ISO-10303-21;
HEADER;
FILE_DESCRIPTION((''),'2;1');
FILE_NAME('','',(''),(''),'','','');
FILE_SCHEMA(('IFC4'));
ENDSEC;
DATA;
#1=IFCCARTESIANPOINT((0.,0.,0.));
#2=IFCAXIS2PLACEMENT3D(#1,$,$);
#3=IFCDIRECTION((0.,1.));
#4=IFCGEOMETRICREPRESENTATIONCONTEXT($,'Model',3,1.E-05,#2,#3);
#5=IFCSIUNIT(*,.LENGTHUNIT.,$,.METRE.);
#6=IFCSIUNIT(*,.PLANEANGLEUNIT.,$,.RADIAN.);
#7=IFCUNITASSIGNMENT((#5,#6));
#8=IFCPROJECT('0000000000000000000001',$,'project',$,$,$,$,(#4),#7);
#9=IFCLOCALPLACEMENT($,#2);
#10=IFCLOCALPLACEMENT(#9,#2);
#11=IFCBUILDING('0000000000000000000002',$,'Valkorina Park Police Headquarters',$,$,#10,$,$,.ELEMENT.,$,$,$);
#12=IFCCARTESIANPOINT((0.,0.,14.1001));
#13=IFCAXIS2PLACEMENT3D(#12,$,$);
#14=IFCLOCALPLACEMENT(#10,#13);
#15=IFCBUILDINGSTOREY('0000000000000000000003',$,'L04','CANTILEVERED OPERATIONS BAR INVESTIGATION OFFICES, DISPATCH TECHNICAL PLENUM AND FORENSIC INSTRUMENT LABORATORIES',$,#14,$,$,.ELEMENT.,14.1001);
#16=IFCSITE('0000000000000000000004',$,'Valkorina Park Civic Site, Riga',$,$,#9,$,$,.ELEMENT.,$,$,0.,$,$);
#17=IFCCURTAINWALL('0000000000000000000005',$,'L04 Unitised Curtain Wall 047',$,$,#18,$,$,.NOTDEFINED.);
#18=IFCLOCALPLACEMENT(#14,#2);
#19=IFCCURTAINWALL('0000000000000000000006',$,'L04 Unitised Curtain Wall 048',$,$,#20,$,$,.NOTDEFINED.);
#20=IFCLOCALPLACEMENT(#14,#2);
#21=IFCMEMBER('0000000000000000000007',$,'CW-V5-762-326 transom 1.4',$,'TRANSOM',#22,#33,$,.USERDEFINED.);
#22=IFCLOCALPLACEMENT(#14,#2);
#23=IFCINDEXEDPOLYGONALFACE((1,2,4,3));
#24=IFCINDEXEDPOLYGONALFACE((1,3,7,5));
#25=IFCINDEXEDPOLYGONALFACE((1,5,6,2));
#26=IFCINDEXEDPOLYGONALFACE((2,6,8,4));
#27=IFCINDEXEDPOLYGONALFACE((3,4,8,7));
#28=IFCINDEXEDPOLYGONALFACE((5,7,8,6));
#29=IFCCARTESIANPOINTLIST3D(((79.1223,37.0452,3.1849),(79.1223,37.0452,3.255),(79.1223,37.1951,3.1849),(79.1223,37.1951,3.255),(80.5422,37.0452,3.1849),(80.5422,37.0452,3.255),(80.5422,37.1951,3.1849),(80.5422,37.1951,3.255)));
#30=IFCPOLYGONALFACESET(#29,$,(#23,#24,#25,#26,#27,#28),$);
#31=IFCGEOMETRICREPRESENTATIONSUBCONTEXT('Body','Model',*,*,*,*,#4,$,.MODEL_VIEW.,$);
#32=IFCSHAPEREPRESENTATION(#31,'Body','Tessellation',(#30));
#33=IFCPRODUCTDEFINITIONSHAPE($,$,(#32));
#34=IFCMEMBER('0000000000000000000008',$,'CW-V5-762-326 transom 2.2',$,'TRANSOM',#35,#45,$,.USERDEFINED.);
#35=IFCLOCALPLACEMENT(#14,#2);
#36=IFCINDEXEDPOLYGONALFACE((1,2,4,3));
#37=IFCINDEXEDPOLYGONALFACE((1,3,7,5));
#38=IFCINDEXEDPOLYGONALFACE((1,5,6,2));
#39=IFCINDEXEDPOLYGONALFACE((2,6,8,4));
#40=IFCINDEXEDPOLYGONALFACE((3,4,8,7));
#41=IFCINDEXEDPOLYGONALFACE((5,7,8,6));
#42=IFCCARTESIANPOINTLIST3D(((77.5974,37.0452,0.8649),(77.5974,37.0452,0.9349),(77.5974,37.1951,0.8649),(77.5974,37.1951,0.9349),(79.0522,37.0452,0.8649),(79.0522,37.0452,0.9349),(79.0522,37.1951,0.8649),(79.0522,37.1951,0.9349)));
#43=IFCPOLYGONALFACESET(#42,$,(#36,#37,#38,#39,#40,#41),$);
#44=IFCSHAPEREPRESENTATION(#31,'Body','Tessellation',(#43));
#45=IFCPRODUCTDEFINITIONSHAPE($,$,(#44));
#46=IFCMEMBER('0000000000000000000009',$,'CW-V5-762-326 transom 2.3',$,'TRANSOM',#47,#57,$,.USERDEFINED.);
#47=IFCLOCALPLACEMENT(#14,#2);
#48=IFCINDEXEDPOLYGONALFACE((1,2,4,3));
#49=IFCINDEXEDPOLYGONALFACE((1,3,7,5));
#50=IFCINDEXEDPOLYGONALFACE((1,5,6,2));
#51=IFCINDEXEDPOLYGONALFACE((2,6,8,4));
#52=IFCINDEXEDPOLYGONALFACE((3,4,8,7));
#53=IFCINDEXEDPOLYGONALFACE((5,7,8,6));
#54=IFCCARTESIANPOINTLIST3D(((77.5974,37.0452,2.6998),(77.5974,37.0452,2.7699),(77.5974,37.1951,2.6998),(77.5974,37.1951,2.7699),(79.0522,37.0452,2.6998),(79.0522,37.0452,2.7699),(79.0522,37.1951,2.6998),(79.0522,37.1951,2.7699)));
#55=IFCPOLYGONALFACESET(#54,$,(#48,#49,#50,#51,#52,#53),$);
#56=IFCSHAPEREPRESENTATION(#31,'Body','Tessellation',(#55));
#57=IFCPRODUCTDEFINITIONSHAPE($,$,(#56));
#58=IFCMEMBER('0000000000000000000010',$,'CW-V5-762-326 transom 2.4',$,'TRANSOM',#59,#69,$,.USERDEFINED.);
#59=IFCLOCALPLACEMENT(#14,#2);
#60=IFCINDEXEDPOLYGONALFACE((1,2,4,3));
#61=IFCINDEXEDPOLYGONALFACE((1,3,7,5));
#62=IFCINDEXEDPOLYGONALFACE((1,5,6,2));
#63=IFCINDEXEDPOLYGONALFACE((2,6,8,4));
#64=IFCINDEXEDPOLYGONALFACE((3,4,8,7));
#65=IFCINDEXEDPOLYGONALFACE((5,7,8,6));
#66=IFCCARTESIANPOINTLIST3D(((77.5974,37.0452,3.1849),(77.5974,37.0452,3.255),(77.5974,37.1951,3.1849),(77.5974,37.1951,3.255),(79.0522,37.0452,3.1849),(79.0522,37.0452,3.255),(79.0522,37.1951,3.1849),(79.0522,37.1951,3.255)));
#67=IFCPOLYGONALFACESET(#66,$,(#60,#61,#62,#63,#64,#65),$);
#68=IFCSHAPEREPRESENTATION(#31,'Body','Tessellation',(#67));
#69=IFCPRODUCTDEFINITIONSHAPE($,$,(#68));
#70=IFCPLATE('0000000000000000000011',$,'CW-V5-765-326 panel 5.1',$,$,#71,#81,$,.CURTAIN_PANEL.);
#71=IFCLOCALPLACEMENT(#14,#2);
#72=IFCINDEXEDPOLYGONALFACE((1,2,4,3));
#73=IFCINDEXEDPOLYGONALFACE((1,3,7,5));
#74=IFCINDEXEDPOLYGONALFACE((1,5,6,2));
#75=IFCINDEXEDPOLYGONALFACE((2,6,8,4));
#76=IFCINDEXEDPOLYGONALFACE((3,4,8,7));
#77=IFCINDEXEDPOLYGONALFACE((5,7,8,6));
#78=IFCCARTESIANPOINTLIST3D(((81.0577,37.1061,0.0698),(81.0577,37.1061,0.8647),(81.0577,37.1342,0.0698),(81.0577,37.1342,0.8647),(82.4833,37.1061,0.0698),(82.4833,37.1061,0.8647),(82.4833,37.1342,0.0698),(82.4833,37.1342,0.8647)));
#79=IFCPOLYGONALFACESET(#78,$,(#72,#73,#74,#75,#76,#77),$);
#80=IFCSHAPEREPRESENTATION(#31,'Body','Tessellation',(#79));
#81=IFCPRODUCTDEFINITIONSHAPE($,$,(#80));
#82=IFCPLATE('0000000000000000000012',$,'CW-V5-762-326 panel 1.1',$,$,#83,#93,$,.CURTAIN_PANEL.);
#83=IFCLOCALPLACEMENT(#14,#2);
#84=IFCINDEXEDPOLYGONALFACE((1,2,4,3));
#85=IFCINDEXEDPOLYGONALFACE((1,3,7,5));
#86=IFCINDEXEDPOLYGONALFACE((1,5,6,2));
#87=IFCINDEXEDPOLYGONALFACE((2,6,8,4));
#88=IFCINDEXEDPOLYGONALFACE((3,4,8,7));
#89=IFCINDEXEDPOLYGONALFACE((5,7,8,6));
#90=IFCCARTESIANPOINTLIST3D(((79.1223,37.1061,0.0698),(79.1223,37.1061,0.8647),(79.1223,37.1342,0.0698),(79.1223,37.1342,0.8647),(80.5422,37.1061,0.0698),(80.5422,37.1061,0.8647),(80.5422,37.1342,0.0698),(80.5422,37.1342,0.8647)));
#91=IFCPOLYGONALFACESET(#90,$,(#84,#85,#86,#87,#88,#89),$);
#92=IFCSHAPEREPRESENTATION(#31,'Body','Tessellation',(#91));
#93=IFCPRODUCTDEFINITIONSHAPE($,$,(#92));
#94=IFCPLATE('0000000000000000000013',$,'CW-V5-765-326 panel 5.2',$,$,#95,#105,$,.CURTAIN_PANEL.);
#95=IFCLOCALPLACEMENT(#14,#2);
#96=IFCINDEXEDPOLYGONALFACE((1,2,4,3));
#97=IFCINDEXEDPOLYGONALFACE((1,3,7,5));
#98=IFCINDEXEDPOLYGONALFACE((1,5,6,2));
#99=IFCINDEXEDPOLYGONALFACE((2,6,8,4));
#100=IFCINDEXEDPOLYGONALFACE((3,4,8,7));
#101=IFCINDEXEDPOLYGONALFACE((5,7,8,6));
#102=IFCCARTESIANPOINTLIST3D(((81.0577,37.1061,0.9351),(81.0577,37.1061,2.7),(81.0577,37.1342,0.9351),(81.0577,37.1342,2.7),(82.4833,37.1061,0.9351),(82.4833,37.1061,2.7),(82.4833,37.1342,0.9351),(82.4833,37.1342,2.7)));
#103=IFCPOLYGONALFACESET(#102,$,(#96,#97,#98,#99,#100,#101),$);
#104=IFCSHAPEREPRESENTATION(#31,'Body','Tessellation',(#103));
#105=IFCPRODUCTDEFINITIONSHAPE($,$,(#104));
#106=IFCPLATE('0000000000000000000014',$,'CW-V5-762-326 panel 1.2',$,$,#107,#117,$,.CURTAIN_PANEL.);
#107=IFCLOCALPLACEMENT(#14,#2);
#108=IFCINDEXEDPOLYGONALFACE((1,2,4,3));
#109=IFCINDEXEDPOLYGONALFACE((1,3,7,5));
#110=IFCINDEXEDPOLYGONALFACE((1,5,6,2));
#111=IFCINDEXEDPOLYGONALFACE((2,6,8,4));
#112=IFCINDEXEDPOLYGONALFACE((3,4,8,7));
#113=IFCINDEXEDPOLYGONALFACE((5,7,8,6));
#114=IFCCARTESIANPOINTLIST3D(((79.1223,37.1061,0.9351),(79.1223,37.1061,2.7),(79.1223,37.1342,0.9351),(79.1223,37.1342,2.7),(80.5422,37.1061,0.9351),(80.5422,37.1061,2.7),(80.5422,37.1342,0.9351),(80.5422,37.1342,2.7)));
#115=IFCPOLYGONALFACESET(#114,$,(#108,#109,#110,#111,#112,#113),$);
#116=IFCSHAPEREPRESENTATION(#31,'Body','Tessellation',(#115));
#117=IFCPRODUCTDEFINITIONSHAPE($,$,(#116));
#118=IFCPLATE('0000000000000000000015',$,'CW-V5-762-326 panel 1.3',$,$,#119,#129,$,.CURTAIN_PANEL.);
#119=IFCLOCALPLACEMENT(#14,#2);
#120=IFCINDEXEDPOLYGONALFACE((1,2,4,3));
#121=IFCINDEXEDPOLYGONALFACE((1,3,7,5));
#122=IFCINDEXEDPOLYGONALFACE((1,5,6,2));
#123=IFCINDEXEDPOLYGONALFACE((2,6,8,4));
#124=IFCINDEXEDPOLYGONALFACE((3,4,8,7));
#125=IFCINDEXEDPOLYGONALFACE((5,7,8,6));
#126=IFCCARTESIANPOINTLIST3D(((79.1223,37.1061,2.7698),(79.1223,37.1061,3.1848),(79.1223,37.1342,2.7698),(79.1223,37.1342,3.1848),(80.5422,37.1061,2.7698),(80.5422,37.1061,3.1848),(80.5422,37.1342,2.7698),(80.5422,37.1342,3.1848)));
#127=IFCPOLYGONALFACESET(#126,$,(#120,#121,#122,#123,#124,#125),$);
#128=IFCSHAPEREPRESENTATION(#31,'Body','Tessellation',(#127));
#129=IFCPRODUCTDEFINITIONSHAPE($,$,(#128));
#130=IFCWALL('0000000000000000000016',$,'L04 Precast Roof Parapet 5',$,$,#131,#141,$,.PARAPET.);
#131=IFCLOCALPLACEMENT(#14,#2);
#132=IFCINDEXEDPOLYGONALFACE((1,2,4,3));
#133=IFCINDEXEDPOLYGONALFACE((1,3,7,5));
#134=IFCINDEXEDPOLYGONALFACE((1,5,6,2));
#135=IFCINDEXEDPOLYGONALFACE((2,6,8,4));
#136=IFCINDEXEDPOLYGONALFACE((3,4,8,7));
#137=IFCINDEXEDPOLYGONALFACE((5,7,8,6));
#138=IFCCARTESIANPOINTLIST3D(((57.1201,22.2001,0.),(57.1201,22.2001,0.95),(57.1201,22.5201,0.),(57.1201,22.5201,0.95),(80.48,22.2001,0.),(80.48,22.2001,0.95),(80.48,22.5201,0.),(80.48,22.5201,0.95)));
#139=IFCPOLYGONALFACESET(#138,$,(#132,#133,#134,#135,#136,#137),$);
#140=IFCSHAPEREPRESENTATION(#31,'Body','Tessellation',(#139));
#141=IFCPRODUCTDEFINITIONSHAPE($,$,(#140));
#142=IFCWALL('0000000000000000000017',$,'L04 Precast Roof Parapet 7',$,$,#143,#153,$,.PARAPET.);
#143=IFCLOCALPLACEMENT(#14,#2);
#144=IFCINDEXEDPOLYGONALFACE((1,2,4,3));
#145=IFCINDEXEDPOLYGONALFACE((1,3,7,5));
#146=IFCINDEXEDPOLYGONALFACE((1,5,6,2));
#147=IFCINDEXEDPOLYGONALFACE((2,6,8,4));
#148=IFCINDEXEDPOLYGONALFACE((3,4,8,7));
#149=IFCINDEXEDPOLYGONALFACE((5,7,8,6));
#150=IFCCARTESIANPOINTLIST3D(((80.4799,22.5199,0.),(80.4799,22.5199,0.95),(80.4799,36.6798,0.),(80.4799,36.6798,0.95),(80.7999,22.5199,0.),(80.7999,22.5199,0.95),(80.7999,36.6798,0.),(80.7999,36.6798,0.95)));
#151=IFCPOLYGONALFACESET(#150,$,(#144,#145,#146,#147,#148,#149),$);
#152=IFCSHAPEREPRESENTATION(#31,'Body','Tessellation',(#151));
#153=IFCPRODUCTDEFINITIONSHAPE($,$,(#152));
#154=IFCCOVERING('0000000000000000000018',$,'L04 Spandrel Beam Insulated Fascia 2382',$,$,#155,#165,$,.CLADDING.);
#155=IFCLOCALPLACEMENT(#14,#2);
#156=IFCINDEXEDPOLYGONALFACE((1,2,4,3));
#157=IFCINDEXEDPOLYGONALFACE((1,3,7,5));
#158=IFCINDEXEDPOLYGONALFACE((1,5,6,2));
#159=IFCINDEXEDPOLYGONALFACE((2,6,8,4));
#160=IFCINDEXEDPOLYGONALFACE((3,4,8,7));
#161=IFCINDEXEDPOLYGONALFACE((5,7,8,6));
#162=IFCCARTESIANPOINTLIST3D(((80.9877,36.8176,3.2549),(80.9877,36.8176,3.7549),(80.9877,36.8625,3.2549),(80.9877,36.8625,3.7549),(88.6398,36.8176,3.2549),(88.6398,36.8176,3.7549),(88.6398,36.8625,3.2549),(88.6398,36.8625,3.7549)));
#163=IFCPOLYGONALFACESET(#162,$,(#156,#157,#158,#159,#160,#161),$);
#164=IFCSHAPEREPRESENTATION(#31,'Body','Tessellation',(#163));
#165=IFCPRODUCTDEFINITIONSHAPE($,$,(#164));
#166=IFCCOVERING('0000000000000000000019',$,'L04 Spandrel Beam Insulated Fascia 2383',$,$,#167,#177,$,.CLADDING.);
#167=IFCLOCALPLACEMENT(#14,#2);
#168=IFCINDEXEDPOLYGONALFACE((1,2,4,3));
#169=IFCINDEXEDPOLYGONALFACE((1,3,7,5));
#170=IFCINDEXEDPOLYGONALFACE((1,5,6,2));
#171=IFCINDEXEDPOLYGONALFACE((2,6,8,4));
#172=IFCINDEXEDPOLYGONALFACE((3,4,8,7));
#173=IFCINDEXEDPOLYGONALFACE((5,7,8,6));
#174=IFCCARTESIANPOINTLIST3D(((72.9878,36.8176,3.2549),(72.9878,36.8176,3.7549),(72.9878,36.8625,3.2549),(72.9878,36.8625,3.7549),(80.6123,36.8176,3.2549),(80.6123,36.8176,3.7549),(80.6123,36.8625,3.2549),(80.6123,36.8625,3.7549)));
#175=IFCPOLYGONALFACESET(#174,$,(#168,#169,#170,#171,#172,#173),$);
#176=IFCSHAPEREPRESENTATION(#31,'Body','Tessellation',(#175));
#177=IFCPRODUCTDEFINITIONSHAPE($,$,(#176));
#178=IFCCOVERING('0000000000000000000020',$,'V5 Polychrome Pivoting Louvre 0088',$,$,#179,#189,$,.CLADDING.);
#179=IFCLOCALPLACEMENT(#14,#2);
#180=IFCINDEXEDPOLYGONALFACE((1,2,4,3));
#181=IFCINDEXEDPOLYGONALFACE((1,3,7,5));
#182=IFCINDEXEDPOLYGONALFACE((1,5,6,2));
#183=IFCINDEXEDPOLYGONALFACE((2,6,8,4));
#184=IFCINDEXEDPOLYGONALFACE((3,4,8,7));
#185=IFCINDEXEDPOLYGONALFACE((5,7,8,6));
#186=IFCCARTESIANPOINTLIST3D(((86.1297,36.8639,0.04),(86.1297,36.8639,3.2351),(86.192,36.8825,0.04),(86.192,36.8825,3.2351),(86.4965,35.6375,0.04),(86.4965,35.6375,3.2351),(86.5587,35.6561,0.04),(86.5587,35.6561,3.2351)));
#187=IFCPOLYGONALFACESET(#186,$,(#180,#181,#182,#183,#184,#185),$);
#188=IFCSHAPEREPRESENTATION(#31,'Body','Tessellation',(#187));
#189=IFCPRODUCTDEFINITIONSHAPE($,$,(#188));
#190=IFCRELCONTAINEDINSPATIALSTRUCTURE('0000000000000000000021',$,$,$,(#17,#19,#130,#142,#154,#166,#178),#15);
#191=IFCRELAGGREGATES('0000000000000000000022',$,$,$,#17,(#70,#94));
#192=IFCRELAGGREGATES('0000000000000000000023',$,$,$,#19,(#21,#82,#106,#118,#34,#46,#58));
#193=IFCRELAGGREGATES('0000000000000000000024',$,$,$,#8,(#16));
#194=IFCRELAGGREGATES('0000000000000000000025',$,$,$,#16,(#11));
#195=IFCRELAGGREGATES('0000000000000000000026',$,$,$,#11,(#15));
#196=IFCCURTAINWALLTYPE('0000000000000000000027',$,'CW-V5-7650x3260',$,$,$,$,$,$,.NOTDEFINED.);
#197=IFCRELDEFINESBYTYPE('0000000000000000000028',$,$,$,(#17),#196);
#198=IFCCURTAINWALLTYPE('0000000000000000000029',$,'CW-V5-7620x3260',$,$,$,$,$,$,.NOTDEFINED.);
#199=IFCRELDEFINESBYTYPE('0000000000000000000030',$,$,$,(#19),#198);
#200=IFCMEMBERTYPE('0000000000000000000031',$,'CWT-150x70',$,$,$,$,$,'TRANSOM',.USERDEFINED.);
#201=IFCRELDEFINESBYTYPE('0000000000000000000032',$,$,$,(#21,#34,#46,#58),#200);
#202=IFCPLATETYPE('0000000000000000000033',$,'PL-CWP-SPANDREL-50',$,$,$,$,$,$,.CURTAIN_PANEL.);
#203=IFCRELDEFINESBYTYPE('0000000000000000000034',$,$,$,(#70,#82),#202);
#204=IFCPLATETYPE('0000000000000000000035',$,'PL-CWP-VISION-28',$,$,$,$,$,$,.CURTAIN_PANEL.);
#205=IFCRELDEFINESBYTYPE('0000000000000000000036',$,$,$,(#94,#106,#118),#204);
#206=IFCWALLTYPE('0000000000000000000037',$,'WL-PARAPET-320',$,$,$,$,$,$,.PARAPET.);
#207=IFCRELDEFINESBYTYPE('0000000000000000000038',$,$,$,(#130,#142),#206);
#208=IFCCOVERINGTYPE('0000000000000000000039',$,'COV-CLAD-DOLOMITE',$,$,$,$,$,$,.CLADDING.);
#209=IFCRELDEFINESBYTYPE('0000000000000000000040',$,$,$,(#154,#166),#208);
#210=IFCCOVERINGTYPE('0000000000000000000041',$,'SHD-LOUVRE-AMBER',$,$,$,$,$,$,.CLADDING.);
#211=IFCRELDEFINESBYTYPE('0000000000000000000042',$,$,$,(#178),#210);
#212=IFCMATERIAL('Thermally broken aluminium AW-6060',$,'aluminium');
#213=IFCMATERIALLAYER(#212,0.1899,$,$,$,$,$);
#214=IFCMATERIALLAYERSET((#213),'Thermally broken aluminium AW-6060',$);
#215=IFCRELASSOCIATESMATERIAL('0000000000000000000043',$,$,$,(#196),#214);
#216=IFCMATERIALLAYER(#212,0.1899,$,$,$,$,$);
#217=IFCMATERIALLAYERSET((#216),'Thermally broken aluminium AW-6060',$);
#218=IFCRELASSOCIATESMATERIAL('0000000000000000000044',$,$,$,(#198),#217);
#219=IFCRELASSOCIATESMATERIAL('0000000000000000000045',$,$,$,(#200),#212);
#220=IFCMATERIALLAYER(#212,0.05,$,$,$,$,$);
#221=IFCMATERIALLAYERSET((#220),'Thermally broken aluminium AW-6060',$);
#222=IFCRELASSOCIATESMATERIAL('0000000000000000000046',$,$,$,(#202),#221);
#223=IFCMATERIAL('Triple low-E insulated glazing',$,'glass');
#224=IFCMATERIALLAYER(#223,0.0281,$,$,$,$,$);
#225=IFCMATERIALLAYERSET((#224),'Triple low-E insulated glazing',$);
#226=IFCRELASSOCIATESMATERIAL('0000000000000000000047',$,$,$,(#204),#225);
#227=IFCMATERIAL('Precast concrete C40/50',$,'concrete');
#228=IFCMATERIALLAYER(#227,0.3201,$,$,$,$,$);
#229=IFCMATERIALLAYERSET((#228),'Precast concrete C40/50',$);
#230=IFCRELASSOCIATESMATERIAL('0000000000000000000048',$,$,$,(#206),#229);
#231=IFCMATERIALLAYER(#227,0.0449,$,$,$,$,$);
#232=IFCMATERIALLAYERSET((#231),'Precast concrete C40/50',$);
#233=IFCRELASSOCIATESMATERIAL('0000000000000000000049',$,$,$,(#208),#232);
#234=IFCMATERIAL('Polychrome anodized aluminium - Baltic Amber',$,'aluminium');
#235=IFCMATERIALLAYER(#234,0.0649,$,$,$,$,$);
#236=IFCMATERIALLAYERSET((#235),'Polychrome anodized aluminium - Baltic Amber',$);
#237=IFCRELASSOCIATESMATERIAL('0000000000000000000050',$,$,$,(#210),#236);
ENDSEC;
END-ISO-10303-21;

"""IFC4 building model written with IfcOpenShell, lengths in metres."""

from ifc_helpers import new_model, si_unit, direction, frame, frame_2d, origin, origin_2d, place, context, subcontext, project, spatial, rectangle, extrude, material, layer, layer_set, material_profile, profile_set, type_object, element, aggregate, save


model = new_model("IFC4")

# Units and contexts
model_context = context("Model", 3, precision=1e-05, world=origin(), true_north=direction((0.0, 1.0)))
body_context = subcontext(model_context, "Body", "Model", "MODEL_VIEW")
ifc_project = project(units=[si_unit("LENGTHUNIT", "METRE"), si_unit("PLANEANGLEUNIT", "RADIAN")], contexts=[model_context])

# Site, building, storey
site_placement = place(None, origin())
site = spatial("IfcSite", under=ifc_project, at=site_placement, Name="Valkorina Park Civic Site, Riga", CompositionType="ELEMENT", RefElevation=0.0)
building_placement = place(site_placement, origin())
building = spatial("IfcBuilding", under=site, at=building_placement, Name="Valkorina Park Police Headquarters", CompositionType="ELEMENT")
storey_placement = place(building_placement, frame((0.0, 0.0, 14.1001)))
storey = spatial("IfcBuildingStorey", under=building, at=storey_placement, Name="L04", Description="CANTILEVERED OPERATIONS BAR INVESTIGATION OFFICES, DISPATCH TECHNICAL PLENUM AND FORENSIC INSTRUMENT LABORATORIES", CompositionType="ELEMENT", Elevation=14.1001)

# Curtain wall
ifc_material_1 = material(Name="Thermally broken aluminium AW-6060", Category="aluminium")
ifc_layer_1 = layer(ifc_material_1, 0.1899)
ifc_layer_set_1 = layer_set([ifc_layer_1], Name="Thermally broken aluminium AW-6060")
curtain_wall_type_1 = type_object("IfcCurtainWallType", Name="CW-V5-7650x3260", PredefinedType="NOTDEFINED", material=ifc_layer_set_1)
curtain_wall_1_placement = place(storey_placement, origin())
curtain_wall_1 = element("IfcCurtainWall", 1, at=curtain_wall_1_placement, inside=storey, type_object=curtain_wall_type_1, Name="L04 Unitised Curtain Wall 047", PredefinedType="NOTDEFINED")

# Curtain wall, members
ifc_layer_2 = layer(ifc_material_1, 0.1899)
ifc_layer_set_2 = layer_set([ifc_layer_2], Name="Thermally broken aluminium AW-6060")
curtain_wall_type_2 = type_object("IfcCurtainWallType", Name="CW-V5-7620x3260", PredefinedType="NOTDEFINED", material=ifc_layer_set_2)
curtain_wall_2_placement = place(storey_placement, origin())
curtain_wall_2 = element("IfcCurtainWall", 2, at=curtain_wall_2_placement, inside=storey, type_object=curtain_wall_type_2, Name="L04 Unitised Curtain Wall 048", PredefinedType="NOTDEFINED")
ifc_material_profile_1 = material_profile(ifc_material_1, rectangle(XDim=0.1499, YDim=0.0701, at=origin_2d()), Name="CWT-02 150x70")
ifc_profile_set_1 = profile_set([ifc_material_profile_1], Name="Thermally broken aluminium AW-6060")
member_type_1 = type_object("IfcMemberType", Name="CWT-150x70", ElementType="TRANSOM", PredefinedType="USERDEFINED", material=ifc_profile_set_1)
member_1_placement = place(storey_placement, frame((80.5422, 37.1201, 3.22), z_axis=(-1.0, 0.0, 0.0), x_axis=(0.0, -1.0, 0.0)))
member_1 = element("IfcMember", 3, at=member_1_placement, type_object=member_type_1, Name="CW-V5-762-326 transom 1.4", ObjectType="TRANSOM", PredefinedType="USERDEFINED", context=body_context, shape_type="SweptSolid", body=[
    extrude(rectangle(XDim=0.1499, YDim=0.0701, at=origin_2d()), origin(), (0.0, 0.0, 1.0), 1.4199),
])
member_2_placement = place(storey_placement, frame((79.0522, 37.1201, 0.8999), z_axis=(-1.0, 0.0, 0.0), x_axis=(0.0, -1.0, 0.0)))
member_2 = element("IfcMember", 4, at=member_2_placement, type_object=member_type_1, Name="CW-V5-762-326 transom 2.2", ObjectType="TRANSOM", PredefinedType="USERDEFINED", context=body_context, shape_type="SweptSolid", body=[
    extrude(rectangle(XDim=0.1499, YDim=0.0701, at=origin_2d()), origin(), (0.0, 0.0, 1.0), 1.4548),
])
member_3_placement = place(storey_placement, frame((79.0522, 37.1201, 2.7349), z_axis=(-1.0, 0.0, 0.0), x_axis=(0.0, -1.0, 0.0)))
member_3 = element("IfcMember", 5, at=member_3_placement, type_object=member_type_1, Name="CW-V5-762-326 transom 2.3", ObjectType="TRANSOM", PredefinedType="USERDEFINED", context=body_context, shape_type="SweptSolid", body=[
    extrude(rectangle(XDim=0.1499, YDim=0.0701, at=origin_2d()), origin(), (0.0, 0.0, 1.0), 1.4548),
])
member_4_placement = place(storey_placement, frame((79.0522, 37.1201, 3.22), z_axis=(-1.0, 0.0, 0.0), x_axis=(0.0, -1.0, 0.0)))
member_4 = element("IfcMember", 6, at=member_4_placement, type_object=member_type_1, Name="CW-V5-762-326 transom 2.4", ObjectType="TRANSOM", PredefinedType="USERDEFINED", context=body_context, shape_type="SweptSolid", body=[
    extrude(rectangle(XDim=0.1499, YDim=0.0701, at=origin_2d()), origin(), (0.0, 0.0, 1.0), 1.4548),
])

# Plates
ifc_layer_3 = layer(ifc_material_1, 0.05)
ifc_layer_set_3 = layer_set([ifc_layer_3], Name="Thermally broken aluminium AW-6060")
plate_type_1 = type_object("IfcPlateType", Name="PL-CWP-SPANDREL-50", PredefinedType="CURTAIN_PANEL", material=ifc_layer_set_3)
plate_1_placement = place(storey_placement, frame((81.7705, 37.1201, 0.0698), z_axis=(0.0, 0.0, 1.0), x_axis=(-1.0, 0.0, 0.0)))
plate_1 = element("IfcPlate", 7, at=plate_1_placement, type_object=plate_type_1, Name="CW-V5-765-326 panel 5.1", PredefinedType="CURTAIN_PANEL", context=body_context, shape_type="SweptSolid", body=[
    extrude(rectangle(XDim=1.4255, YDim=0.0281, at=origin_2d()), origin(), (0.0, 0.0, 1.0), 0.7949),
])
plate_2_placement = place(storey_placement, frame((79.8323, 37.1201, 0.0698), z_axis=(0.0, 0.0, 1.0), x_axis=(-1.0, 0.0, 0.0)))
plate_2 = element("IfcPlate", 8, at=plate_2_placement, type_object=plate_type_1, Name="CW-V5-762-326 panel 1.1", PredefinedType="CURTAIN_PANEL", context=body_context, shape_type="SweptSolid", body=[
    extrude(rectangle(XDim=1.4199, YDim=0.0281, at=origin_2d()), origin(), (0.0, 0.0, 1.0), 0.7949),
])
ifc_material_2 = material(Name="Triple low-E insulated glazing", Category="glass")
ifc_layer_4 = layer(ifc_material_2, 0.0281)
ifc_layer_set_4 = layer_set([ifc_layer_4], Name="Triple low-E insulated glazing")
plate_type_2 = type_object("IfcPlateType", Name="PL-CWP-VISION-28", PredefinedType="CURTAIN_PANEL", material=ifc_layer_set_4)
plate_3_placement = place(storey_placement, frame((81.7705, 37.1201, 0.9351), z_axis=(0.0, 0.0, 1.0), x_axis=(-1.0, 0.0, 0.0)))
plate_3 = element("IfcPlate", 9, at=plate_3_placement, type_object=plate_type_2, Name="CW-V5-765-326 panel 5.2", PredefinedType="CURTAIN_PANEL", context=body_context, shape_type="SweptSolid", body=[
    extrude(rectangle(XDim=1.4255, YDim=0.0281, at=origin_2d()), origin(), (0.0, 0.0, 1.0), 1.7649),
])
aggregate(curtain_wall_1, [plate_1, plate_3])
plate_4_placement = place(storey_placement, frame((79.8323, 37.1201, 0.9351), z_axis=(0.0, 0.0, 1.0), x_axis=(-1.0, 0.0, 0.0)))
plate_4 = element("IfcPlate", 10, at=plate_4_placement, type_object=plate_type_2, Name="CW-V5-762-326 panel 1.2", PredefinedType="CURTAIN_PANEL", context=body_context, shape_type="SweptSolid", body=[
    extrude(rectangle(XDim=1.4199, YDim=0.0281, at=origin_2d()), origin(), (0.0, 0.0, 1.0), 1.7649),
])
plate_5_placement = place(storey_placement, frame((79.8323, 37.1201, 2.7698), z_axis=(0.0, 0.0, 1.0), x_axis=(-1.0, 0.0, 0.0)))
plate_5 = element("IfcPlate", 11, at=plate_5_placement, type_object=plate_type_2, Name="CW-V5-762-326 panel 1.3", PredefinedType="CURTAIN_PANEL", context=body_context, shape_type="SweptSolid", body=[
    extrude(rectangle(XDim=1.4199, YDim=0.0281, at=origin_2d()), origin(), (0.0, 0.0, 1.0), 0.415),
])
aggregate(curtain_wall_2, [member_1, plate_2, plate_4, plate_5, member_2, member_3, member_4])

# Walls
ifc_material_3 = material(Name="Precast concrete C40/50", Category="concrete")
ifc_layer_5 = layer(ifc_material_3, 0.3201)
ifc_layer_set_5 = layer_set([ifc_layer_5], Name="Precast concrete C40/50")
wall_type = type_object("IfcWallType", Name="WL-PARAPET-320", PredefinedType="PARAPET", material=ifc_layer_set_5)
wall_1_placement = place(storey_placement, frame((80.48, 22.3601, 0.0), z_axis=(0.0, 0.0, 1.0), x_axis=(-1.0, 0.0, 0.0)))
element("IfcWall", 12, at=wall_1_placement, inside=storey, type_object=wall_type, Name="L04 Precast Roof Parapet 5", PredefinedType="PARAPET", context=body_context, shape_type="SweptSolid", body=[
    extrude(rectangle(XDim=23.3599, YDim=0.3201, at=frame_2d((11.6799, 0.0))), origin(), (0.0, 0.0, 1.0), 0.95),
])
wall_2_placement = place(storey_placement, frame((80.6399, 36.6799, 0.0), z_axis=(0.0, 0.0, 1.0), x_axis=(0.0, -1.0, 0.0)))
element("IfcWall", 13, at=wall_2_placement, inside=storey, type_object=wall_type, Name="L04 Precast Roof Parapet 7", PredefinedType="PARAPET", context=body_context, shape_type="SweptSolid", body=[
    extrude(rectangle(XDim=14.1599, YDim=0.3201, at=frame_2d((7.0801, 0.0))), origin(), (0.0, 0.0, 1.0), 0.95),
])

# Coverings
ifc_layer_6 = layer(ifc_material_3, 0.0449)
ifc_layer_set_6 = layer_set([ifc_layer_6], Name="Precast concrete C40/50")
covering_type_1 = type_object("IfcCoveringType", Name="COV-CLAD-DOLOMITE", PredefinedType="CLADDING", material=ifc_layer_set_6)
covering_1_placement = place(storey_placement, frame((88.6399, 36.8401, 3.2549), z_axis=(0.0, 0.0, 1.0), x_axis=(-1.0, 0.0, 0.0)))
element("IfcCovering", 14, at=covering_1_placement, inside=storey, type_object=covering_type_1, Name="L04 Spandrel Beam Insulated Fascia 2382", PredefinedType="CLADDING", context=body_context, shape_type="SweptSolid", body=[
    extrude(rectangle(XDim=7.6521, YDim=0.0449, at=frame_2d((3.8262, 0.0))), origin(), (0.0, 0.0, 1.0), 0.5),
])
covering_2_placement = place(storey_placement, frame((80.6123, 36.8401, 3.2549), z_axis=(0.0, 0.0, 1.0), x_axis=(-1.0, 0.0, 0.0)))
element("IfcCovering", 15, at=covering_2_placement, inside=storey, type_object=covering_type_1, Name="L04 Spandrel Beam Insulated Fascia 2383", PredefinedType="CLADDING", context=body_context, shape_type="SweptSolid", body=[
    extrude(rectangle(XDim=7.6245, YDim=0.0449, at=frame_2d((3.8123, 0.0))), origin(), (0.0, 0.0, 1.0), 0.5),
])
ifc_material_4 = material(Name="Polychrome anodized aluminium - Baltic Amber", Category="aluminium")
ifc_layer_7 = layer(ifc_material_4, 0.0649)
ifc_layer_set_7 = layer_set([ifc_layer_7], Name="Polychrome anodized aluminium - Baltic Amber")
covering_type_2 = type_object("IfcCoveringType", Name="SHD-LOUVRE-AMBER", PredefinedType="CLADDING", material=ifc_layer_set_7)
for number, where, z_axis, x_axis, name in (
    (16, (86.3442, 36.26, 0.04), (0.0, 0.0, 1.0), (0.286525, -0.958073, 0.0), "V5 Polychrome Pivoting Louvre 0088"),
):
    element("IfcCovering", number, at=place(storey_placement, frame(where, z_axis=z_axis, x_axis=x_axis)), inside=storey, type_object=covering_type_2, Name=name, PredefinedType="CLADDING", context=body_context, shape_type="SweptSolid", body=[
        extrude(rectangle(XDim=1.28, YDim=0.0649, at=origin_2d()), origin(), (0.0, 0.0, 1.0), 3.1951),
    ])

save(model, "model.ifc")
